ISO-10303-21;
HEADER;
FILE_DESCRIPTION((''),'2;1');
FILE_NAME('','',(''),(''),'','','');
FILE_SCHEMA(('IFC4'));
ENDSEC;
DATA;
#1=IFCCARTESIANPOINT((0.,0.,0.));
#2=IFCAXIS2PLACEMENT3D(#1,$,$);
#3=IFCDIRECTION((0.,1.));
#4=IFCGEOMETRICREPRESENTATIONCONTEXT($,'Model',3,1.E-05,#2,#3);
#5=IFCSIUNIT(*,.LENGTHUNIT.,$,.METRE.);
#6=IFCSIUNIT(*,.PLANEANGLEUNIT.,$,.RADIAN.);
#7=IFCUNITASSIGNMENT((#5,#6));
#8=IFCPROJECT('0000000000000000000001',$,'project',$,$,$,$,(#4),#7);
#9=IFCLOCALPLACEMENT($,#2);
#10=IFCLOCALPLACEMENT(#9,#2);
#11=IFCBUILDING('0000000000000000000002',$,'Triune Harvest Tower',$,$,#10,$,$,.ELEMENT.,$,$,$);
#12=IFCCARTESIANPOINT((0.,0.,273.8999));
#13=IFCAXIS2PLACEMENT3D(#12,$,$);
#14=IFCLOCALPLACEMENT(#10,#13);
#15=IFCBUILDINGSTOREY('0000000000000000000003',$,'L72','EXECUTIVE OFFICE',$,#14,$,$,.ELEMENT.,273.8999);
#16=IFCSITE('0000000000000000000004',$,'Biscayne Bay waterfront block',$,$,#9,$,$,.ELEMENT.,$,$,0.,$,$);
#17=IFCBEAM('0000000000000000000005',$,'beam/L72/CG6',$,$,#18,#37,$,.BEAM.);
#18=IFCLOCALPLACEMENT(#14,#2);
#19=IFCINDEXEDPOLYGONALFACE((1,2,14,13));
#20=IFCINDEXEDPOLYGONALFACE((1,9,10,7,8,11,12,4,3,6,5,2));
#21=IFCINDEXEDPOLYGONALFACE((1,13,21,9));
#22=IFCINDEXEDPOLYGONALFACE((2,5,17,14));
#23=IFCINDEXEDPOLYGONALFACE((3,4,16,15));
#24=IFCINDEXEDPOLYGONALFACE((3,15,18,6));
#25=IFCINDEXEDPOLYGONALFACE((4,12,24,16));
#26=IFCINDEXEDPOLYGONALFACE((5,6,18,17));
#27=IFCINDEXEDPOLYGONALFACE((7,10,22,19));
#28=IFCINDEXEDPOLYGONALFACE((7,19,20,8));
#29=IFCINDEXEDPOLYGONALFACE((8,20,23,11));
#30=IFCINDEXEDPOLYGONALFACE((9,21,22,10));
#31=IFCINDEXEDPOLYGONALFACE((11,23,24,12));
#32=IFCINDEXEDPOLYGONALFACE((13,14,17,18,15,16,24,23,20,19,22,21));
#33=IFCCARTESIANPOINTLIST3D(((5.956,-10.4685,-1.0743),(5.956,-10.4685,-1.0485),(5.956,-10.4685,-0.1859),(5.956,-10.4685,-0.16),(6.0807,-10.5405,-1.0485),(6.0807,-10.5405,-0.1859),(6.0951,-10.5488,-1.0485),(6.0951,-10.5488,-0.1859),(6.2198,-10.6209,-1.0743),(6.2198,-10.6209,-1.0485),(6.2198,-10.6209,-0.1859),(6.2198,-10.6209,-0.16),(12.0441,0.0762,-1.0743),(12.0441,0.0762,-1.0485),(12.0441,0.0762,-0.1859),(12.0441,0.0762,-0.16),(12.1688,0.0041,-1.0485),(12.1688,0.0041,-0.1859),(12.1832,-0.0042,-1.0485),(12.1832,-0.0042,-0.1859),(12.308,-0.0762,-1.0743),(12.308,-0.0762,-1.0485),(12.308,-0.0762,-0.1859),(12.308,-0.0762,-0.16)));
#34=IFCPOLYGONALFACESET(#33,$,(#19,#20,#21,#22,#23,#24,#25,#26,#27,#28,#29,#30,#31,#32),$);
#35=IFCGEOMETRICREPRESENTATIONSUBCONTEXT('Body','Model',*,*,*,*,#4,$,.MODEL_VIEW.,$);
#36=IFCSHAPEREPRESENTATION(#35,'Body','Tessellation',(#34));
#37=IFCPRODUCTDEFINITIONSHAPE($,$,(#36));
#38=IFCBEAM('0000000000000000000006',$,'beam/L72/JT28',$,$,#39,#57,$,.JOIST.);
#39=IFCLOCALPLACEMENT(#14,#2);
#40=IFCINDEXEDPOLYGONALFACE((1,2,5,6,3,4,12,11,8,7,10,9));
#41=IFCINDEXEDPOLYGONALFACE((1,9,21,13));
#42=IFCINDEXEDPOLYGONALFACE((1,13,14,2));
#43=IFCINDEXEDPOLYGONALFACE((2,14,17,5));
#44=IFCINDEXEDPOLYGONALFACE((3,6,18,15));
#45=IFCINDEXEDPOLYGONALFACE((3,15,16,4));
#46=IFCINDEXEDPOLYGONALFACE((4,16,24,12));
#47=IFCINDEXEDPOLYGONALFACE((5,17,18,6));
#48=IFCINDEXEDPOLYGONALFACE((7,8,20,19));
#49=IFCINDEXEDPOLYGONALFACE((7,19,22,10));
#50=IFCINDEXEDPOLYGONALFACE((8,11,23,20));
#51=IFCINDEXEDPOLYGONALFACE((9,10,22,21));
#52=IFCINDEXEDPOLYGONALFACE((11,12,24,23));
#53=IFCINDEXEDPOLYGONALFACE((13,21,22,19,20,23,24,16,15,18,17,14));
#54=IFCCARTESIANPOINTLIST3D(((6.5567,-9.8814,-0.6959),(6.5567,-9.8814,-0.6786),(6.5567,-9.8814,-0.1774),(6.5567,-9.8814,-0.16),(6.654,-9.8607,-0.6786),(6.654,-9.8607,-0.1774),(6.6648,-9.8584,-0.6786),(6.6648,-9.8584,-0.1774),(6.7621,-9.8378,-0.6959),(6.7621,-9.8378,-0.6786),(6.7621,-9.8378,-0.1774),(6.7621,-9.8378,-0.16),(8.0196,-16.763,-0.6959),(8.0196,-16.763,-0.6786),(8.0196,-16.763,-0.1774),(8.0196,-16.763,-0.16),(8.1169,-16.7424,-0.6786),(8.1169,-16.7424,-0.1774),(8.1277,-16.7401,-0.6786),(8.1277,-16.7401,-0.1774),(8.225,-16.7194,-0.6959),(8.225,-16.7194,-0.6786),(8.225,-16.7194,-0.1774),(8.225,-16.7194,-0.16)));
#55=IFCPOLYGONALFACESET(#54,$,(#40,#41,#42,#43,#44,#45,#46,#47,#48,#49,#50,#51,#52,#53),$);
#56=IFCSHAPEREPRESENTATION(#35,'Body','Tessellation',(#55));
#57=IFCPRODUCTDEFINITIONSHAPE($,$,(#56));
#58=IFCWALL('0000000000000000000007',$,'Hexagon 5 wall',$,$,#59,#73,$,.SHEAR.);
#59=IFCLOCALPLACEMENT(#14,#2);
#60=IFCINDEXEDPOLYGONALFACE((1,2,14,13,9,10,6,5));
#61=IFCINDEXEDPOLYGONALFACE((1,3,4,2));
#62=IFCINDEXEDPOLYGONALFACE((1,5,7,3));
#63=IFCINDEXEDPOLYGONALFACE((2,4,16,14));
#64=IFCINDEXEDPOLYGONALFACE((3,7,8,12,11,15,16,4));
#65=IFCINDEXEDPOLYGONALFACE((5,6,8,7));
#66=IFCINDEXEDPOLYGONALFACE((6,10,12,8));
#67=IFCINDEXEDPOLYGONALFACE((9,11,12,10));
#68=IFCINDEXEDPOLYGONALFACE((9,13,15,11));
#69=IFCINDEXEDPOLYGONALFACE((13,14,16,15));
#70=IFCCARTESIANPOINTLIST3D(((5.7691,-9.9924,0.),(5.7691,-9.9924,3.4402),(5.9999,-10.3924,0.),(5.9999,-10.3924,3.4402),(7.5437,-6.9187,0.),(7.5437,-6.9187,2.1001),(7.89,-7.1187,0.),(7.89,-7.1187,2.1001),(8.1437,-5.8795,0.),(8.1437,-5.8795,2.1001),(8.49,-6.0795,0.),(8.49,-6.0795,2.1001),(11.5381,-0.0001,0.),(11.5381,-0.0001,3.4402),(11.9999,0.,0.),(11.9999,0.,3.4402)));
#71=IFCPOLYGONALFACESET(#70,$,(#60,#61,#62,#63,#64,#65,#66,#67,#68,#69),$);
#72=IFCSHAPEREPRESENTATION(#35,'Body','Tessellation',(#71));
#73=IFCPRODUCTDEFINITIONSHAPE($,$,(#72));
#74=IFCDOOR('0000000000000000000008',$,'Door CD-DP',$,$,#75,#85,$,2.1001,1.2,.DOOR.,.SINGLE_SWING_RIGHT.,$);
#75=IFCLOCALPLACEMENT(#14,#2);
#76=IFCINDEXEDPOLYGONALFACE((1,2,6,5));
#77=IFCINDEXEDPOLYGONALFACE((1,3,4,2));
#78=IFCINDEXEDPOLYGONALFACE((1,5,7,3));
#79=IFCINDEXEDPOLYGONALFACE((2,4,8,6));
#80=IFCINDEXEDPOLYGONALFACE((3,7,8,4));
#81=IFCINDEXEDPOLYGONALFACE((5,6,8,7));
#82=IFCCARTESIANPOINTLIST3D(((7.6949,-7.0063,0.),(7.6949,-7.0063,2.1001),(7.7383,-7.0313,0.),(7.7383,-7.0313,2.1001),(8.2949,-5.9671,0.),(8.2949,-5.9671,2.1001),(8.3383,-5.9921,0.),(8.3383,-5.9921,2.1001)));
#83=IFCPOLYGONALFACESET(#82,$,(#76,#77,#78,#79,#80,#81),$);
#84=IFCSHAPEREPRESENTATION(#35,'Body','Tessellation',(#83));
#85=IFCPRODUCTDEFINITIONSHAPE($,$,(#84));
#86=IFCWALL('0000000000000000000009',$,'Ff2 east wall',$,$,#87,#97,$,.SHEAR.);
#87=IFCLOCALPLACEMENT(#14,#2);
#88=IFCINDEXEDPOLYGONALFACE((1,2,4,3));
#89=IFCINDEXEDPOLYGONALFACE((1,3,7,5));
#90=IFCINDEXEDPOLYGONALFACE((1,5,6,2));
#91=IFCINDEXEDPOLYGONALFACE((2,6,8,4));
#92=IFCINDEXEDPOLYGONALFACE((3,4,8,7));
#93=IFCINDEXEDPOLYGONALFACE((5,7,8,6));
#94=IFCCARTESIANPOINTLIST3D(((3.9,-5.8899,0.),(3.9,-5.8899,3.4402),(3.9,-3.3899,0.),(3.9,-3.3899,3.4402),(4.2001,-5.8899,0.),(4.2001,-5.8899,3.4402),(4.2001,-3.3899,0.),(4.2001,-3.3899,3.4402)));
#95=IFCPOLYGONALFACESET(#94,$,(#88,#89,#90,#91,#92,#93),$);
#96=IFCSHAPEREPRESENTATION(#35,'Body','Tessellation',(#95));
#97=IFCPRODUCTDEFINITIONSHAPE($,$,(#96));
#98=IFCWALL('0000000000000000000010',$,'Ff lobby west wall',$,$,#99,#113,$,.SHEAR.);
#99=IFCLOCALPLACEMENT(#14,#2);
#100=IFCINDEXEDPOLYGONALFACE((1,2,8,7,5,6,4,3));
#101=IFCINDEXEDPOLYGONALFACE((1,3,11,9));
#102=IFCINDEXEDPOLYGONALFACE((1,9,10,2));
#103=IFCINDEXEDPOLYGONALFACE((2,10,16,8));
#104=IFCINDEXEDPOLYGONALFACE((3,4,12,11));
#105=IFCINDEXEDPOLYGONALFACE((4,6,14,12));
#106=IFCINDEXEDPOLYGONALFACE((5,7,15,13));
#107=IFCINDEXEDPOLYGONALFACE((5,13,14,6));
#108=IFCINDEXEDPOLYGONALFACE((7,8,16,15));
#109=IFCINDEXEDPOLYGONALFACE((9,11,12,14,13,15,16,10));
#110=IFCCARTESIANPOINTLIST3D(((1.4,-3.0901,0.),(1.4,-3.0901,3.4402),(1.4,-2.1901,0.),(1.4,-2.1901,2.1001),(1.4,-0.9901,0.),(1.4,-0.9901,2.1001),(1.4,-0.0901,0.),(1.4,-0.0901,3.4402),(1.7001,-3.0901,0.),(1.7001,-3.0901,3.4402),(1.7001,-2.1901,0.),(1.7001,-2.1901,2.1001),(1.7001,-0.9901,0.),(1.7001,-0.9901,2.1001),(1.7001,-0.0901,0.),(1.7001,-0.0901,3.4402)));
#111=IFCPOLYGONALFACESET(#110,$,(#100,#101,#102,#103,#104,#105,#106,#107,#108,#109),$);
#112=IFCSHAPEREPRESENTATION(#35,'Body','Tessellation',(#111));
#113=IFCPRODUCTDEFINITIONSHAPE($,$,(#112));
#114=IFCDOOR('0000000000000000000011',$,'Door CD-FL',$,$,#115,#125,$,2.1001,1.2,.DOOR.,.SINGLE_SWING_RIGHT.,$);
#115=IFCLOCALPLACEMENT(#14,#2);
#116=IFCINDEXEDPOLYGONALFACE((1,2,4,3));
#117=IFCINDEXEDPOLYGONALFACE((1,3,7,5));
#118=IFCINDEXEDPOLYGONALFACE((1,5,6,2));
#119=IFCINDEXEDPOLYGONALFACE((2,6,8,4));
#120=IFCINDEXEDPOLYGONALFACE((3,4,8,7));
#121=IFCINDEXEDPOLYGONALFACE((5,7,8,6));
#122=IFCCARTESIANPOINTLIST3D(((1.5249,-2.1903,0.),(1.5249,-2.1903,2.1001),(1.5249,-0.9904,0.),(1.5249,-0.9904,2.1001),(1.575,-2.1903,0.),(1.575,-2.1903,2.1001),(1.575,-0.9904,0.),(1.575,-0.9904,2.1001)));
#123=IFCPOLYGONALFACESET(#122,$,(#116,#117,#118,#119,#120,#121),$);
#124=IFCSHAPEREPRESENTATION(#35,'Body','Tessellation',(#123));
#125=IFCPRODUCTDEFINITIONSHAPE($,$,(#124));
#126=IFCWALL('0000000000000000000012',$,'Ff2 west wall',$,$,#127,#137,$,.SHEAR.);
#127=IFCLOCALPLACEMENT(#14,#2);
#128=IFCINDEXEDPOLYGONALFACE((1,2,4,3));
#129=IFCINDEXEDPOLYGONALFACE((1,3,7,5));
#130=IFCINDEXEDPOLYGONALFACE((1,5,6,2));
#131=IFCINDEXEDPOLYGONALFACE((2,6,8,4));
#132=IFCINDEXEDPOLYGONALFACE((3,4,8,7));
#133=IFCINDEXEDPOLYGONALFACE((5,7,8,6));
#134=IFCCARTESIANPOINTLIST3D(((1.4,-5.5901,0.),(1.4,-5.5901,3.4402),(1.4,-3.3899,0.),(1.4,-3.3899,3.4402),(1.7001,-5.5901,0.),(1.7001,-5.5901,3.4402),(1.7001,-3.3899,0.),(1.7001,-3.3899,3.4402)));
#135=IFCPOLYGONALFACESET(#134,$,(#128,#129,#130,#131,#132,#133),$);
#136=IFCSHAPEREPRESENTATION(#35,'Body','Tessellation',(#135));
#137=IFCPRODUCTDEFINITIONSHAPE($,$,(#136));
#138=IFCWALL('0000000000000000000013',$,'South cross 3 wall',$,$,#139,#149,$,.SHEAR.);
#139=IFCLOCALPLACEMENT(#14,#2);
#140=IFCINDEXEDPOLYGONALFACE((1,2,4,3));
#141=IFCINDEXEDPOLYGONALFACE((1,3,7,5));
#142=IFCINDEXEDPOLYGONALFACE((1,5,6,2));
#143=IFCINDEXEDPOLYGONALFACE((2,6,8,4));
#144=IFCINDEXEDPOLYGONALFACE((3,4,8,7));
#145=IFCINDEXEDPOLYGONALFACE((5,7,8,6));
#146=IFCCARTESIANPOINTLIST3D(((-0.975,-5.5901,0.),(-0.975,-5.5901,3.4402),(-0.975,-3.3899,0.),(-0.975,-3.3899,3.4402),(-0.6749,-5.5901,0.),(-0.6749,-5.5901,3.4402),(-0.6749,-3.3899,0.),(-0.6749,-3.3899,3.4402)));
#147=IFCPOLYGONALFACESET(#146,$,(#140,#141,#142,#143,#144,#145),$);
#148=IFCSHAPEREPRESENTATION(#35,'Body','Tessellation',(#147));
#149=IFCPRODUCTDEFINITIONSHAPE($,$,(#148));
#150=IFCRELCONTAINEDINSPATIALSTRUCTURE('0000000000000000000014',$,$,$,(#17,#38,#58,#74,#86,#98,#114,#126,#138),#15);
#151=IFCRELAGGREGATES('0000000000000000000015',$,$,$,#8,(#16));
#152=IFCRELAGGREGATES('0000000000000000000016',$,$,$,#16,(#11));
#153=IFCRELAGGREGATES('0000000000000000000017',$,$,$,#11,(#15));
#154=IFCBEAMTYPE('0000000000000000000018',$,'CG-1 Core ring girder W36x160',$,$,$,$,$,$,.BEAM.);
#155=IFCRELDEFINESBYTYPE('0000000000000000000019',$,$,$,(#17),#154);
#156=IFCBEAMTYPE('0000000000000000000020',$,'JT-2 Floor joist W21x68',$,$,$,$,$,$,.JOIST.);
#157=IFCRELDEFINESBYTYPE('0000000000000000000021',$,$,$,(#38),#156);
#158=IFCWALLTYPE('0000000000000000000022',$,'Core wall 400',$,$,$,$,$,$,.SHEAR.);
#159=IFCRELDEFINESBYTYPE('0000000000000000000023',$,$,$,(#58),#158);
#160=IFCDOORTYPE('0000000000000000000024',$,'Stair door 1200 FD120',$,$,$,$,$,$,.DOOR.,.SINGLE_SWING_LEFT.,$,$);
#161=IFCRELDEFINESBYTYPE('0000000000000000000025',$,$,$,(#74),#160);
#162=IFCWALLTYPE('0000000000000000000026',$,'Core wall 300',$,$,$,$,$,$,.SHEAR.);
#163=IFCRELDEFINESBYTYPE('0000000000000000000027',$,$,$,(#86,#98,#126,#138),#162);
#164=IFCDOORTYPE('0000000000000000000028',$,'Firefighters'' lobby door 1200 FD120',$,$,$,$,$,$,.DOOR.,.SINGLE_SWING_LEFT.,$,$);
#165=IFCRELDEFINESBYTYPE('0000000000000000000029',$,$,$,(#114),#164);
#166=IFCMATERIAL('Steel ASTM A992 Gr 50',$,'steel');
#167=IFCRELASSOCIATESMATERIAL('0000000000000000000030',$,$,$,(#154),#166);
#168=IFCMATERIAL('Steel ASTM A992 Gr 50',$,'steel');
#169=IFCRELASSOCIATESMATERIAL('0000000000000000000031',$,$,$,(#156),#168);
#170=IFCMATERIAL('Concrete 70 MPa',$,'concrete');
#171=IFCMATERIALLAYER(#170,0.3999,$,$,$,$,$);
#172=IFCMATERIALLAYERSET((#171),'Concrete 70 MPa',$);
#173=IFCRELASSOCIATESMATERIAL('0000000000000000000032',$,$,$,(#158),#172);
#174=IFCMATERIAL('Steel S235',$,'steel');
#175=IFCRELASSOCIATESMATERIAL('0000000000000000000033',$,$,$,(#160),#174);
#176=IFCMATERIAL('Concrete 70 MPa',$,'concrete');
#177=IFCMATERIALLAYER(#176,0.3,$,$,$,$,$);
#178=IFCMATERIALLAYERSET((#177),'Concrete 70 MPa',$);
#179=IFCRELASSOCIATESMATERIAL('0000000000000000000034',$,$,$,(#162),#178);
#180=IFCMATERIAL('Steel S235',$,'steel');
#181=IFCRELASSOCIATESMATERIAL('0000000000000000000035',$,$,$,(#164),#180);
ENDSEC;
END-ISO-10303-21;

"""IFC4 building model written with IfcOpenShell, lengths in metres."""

from ifc_helpers import new_model, si_unit, direction, frame, frame_2d, origin, origin_2d, place, context, subcontext, project, spatial, polyline, rectangle, i_section, outline, extrude, source, transform, mapped, material, layer, layer_set, material_profile, profile_set, type_object, element, fill, save


model = new_model("IFC4")

# Units and contexts
model_context = context("Model", 3, precision=1e-05, world=origin(), true_north=direction((0.0, 1.0)))
body_context = subcontext(model_context, "Body", "Model", "MODEL_VIEW")
ifc_project = project(units=[si_unit("LENGTHUNIT", "METRE"), si_unit("PLANEANGLEUNIT", "RADIAN")], contexts=[model_context])

# Site, building, storey
site_placement = place(None, origin())
site = spatial("IfcSite", under=ifc_project, at=site_placement, Name="Biscayne Bay waterfront block", CompositionType="ELEMENT", RefElevation=0.0)
building_placement = place(site_placement, origin())
building = spatial("IfcBuilding", under=site, at=building_placement, Name="Triune Harvest Tower", CompositionType="ELEMENT")
storey_placement = place(building_placement, frame((0.0, 0.0, 273.8999)))
storey = spatial("IfcBuildingStorey", under=building, at=storey_placement, Name="L72", Description="EXECUTIVE OFFICE", CompositionType="ELEMENT", Elevation=273.8999)

# Beams
ifc_material_1 = material(Name="Steel ASTM A992 Gr 50", Category="steel")
ifc_material_profile_1 = material_profile(ifc_material_1, i_section(OverallWidth=0.3047, OverallDepth=0.9143, WebThickness=0.0166, FlangeThickness=0.0259, at=origin_2d()), Name="W36x160")
ifc_profile_set_1 = profile_set([ifc_material_profile_1], Name="Steel ASTM A992 Gr 50")
beam_type_1 = type_object("IfcBeamType", Name="CG-1 Core ring girder W36x160", PredefinedType="BEAM", material=ifc_profile_set_1)
shared_shape_1 = source(origin(), body_context, "Body", "SweptSolid", [
    extrude(i_section(OverallWidth=0.3047, OverallDepth=0.9143, WebThickness=0.0166, FlangeThickness=0.0259, at=origin_2d()), origin(), (0.0, 0.0, 1.0), 12.176),
])
beam_1_placement = place(storey_placement, frame((6.0879, -10.5447, -0.6172), z_axis=(0.50001, 0.86602, 0.0), x_axis=(-0.86602, 0.50001, 0.0)))
element("IfcBeam", 1, at=beam_1_placement, inside=storey, type_object=beam_type_1, Name="beam/L72/CG6", PredefinedType="BEAM", context=body_context, shape_type="MappedRepresentation", body=[
    mapped(shared_shape_1, transform((0.0, 0.0, 0.0), scale=1.0)),
])
ifc_material_2 = material(Name="Steel ASTM A992 Gr 50", Category="steel")
ifc_material_profile_2 = material_profile(ifc_material_2, i_section(OverallWidth=0.21, OverallDepth=0.5359, WebThickness=0.011, FlangeThickness=0.0173, at=origin_2d()), Name="W21x68")
ifc_profile_set_2 = profile_set([ifc_material_profile_2], Name="Steel ASTM A992 Gr 50")
beam_type_2 = type_object("IfcBeamType", Name="JT-2 Floor joist W21x68", PredefinedType="JOIST", material=ifc_profile_set_2)
shared_shape_2 = source(origin(), body_context, "Body", "SweptSolid", [
    extrude(i_section(OverallWidth=0.21, OverallDepth=0.5359, WebThickness=0.011, FlangeThickness=0.0173, at=origin_2d()), origin(), (0.0, 0.0, 1.0), 7.0354),
])
beam_2_placement = place(storey_placement, frame((8.1223, -16.7412, -0.428), z_axis=(-0.207934, 0.978143, 0.0), x_axis=(-0.978143, -0.207934, 0.0)))
element("IfcBeam", 2, at=beam_2_placement, inside=storey, type_object=beam_type_2, Name="beam/L72/JT28", PredefinedType="JOIST", context=body_context, shape_type="MappedRepresentation", body=[
    mapped(shared_shape_2, transform((0.0, 0.0, 0.0), scale=1.0)),
])

# Wall, opening, door
ifc_material_3 = material(Name="Concrete 70 MPa", Category="concrete")
ifc_layer_1 = layer(ifc_material_3, 0.3999)
ifc_layer_set_1 = layer_set([ifc_layer_1], Name="Concrete 70 MPa")
wall_type_1 = type_object("IfcWallType", Name="Core wall 400", PredefinedType="SHEAR", material=ifc_layer_set_1)
shared_shape_3 = source(origin(), body_context, "Body", "SweptSolid", [
    extrude(outline(polyline([(-0.1155, -0.2), (11.8845, -0.2), (11.6536, 0.2), (0.1155, 0.2), (-0.1155, -0.2)])), origin(), (0.0, 0.0, 1.0), 3.4402),
])
wall_1_placement = place(storey_placement, frame((5.8845, -10.1924, 0.0), z_axis=(0.0, 0.0, 1.0), x_axis=(0.499997, 0.866027, 0.0)))
wall_1 = element("IfcWall", 3, at=wall_1_placement, inside=storey, type_object=wall_type_1, Name="Hexagon 5 wall", PredefinedType="SHEAR", context=body_context, shape_type="MappedRepresentation", body=[
    mapped(shared_shape_3, transform((0.0, 0.0, 0.0), scale=1.0)),
])
opening_1_placement = place(wall_1_placement, frame((3.6646, 0.0, 0.0)))
opening_1 = element("IfcOpeningElement", 4, at=opening_1_placement, cuts=wall_1, PredefinedType="OPENING", context=body_context, shape_type="SweptSolid", body=[
    extrude(rectangle(XDim=1.2, YDim=2.1001, at=frame_2d((0.6001, 1.05))), frame((0.0, 0.21, 0.0), z_axis=(0.0, -1.0, 0.0), x_axis=(1.0, 0.0, 0.0)), (0.0, 0.0, 1.0), 0.4199),
])
ifc_material_4 = material(Name="Steel S235", Category="steel")
door_type_1 = type_object("IfcDoorType", Name="Stair door 1200 FD120", OperationType="SINGLE_SWING_LEFT", PredefinedType="DOOR", material=ifc_material_4)
door_1_placement = place(opening_1_placement, frame((1.2, 0.0, 0.0), z_axis=(0.0, 0.0, 1.0), x_axis=(-1.0, 0.0, 0.0)))
door_1 = element("IfcDoor", 5, at=door_1_placement, inside=storey, type_object=door_type_1, Name="Door CD-DP", OperationType="SINGLE_SWING_RIGHT", OverallHeight=2.1001, OverallWidth=1.2, PredefinedType="DOOR", context=body_context, shape_type="SweptSolid", body=[
    extrude(rectangle(XDim=1.2, YDim=2.1001, at=frame_2d((0.6001, 1.05))), frame((0.0, 0.0249, 0.0), z_axis=(0.0, -1.0, 0.0), x_axis=(1.0, 0.0, 0.0)), (0.0, 0.0, 1.0), 0.05),
])
fill(opening_1, door_1)

# Wall
ifc_material_5 = material(Name="Concrete 70 MPa", Category="concrete")
ifc_layer_2 = layer(ifc_material_5, 0.3)
ifc_layer_set_2 = layer_set([ifc_layer_2], Name="Concrete 70 MPa")
wall_type_2 = type_object("IfcWallType", Name="Core wall 300", PredefinedType="SHEAR", material=ifc_layer_set_2)
shared_shape_4 = source(origin(), body_context, "Body", "SweptSolid", [
    extrude(rectangle(XDim=2.5, YDim=0.3, at=frame_2d((1.25, 0.0))), origin(), (0.0, 0.0, 1.0), 3.4402),
])
wall_2_placement = place(storey_placement, frame((4.05, -5.8899, 0.0), z_axis=(0.0, 0.0, 1.0), x_axis=(0.0, 1.0, 0.0)))
element("IfcWall", 6, at=wall_2_placement, inside=storey, type_object=wall_type_2, Name="Ff2 east wall", PredefinedType="SHEAR", context=body_context, shape_type="MappedRepresentation", body=[
    mapped(shared_shape_4, transform((0.0, 0.0, 0.0), scale=1.0)),
])

# Wall, opening, door
shared_shape_5 = source(origin(), body_context, "Body", "SweptSolid", [
    extrude(rectangle(XDim=3.0, YDim=0.3, at=frame_2d((1.5, 0.0))), origin(), (0.0, 0.0, 1.0), 3.4402),
])
wall_3_placement = place(storey_placement, frame((1.55, -3.0901, 0.0), z_axis=(0.0, 0.0, 1.0), x_axis=(0.0, 1.0, 0.0)))
wall_3 = element("IfcWall", 7, at=wall_3_placement, inside=storey, type_object=wall_type_2, Name="Ff lobby west wall", PredefinedType="SHEAR", context=body_context, shape_type="MappedRepresentation", body=[
    mapped(shared_shape_5, transform((0.0, 0.0, 0.0), scale=1.0)),
])
opening_2_placement = place(wall_3_placement, frame((0.8999, 0.0, 0.0)))
opening_2 = element("IfcOpeningElement", 8, at=opening_2_placement, cuts=wall_3, PredefinedType="OPENING", context=body_context, shape_type="SweptSolid", body=[
    extrude(rectangle(XDim=1.2, YDim=2.1001, at=frame_2d((0.6001, 1.05))), frame((0.0, 0.1602, 0.0), z_axis=(0.0, -1.0, 0.0), x_axis=(1.0, 0.0, 0.0)), (0.0, 0.0, 1.0), 0.3201),
])
ifc_material_6 = material(Name="Steel S235", Category="steel")
door_type_2 = type_object("IfcDoorType", Name="Firefighters' lobby door 1200 FD120", OperationType="SINGLE_SWING_LEFT", PredefinedType="DOOR", material=ifc_material_6)
door_2_placement = place(opening_2_placement, frame((1.2, 0.0, 0.0), z_axis=(0.0, 0.0, 1.0), x_axis=(-1.0, 0.0, 0.0)))
door_2 = element("IfcDoor", 9, at=door_2_placement, inside=storey, type_object=door_type_2, Name="Door CD-FL", OperationType="SINGLE_SWING_RIGHT", OverallHeight=2.1001, OverallWidth=1.2, PredefinedType="DOOR", context=body_context, shape_type="SweptSolid", body=[
    extrude(rectangle(XDim=1.2, YDim=2.1001, at=frame_2d((0.6001, 1.05))), frame((0.0, 0.0249, 0.0), z_axis=(0.0, -1.0, 0.0), x_axis=(1.0, 0.0, 0.0)), (0.0, 0.0, 1.0), 0.05),
])
fill(opening_2, door_2)

# Walls
shared_shape_6 = source(origin(), body_context, "Body", "SweptSolid", [
    extrude(rectangle(XDim=2.2002, YDim=0.3, at=frame_2d((1.1001, 0.0))), origin(), (0.0, 0.0, 1.0), 3.4402),
])
for number, where, z_axis, x_axis, name in (
    (10, (1.55, -5.5901, 0.0), (0.0, 0.0, 1.0), (0.0, 1.0, 0.0), "Ff2 west wall"),
    (11, (-0.825, -5.5901, 0.0), (0.0, 0.0, 1.0), (0.0, 1.0, 0.0), "South cross 3 wall"),
):
    element("IfcWall", number, at=place(storey_placement, frame(where, z_axis=z_axis, x_axis=x_axis)), inside=storey, type_object=wall_type_2, Name=name, PredefinedType="SHEAR", context=body_context, shape_type="MappedRepresentation", body=[
        mapped(shared_shape_6, transform((0.0, 0.0, 0.0), scale=1.0)),
    ])

save(model, "model.ifc")
